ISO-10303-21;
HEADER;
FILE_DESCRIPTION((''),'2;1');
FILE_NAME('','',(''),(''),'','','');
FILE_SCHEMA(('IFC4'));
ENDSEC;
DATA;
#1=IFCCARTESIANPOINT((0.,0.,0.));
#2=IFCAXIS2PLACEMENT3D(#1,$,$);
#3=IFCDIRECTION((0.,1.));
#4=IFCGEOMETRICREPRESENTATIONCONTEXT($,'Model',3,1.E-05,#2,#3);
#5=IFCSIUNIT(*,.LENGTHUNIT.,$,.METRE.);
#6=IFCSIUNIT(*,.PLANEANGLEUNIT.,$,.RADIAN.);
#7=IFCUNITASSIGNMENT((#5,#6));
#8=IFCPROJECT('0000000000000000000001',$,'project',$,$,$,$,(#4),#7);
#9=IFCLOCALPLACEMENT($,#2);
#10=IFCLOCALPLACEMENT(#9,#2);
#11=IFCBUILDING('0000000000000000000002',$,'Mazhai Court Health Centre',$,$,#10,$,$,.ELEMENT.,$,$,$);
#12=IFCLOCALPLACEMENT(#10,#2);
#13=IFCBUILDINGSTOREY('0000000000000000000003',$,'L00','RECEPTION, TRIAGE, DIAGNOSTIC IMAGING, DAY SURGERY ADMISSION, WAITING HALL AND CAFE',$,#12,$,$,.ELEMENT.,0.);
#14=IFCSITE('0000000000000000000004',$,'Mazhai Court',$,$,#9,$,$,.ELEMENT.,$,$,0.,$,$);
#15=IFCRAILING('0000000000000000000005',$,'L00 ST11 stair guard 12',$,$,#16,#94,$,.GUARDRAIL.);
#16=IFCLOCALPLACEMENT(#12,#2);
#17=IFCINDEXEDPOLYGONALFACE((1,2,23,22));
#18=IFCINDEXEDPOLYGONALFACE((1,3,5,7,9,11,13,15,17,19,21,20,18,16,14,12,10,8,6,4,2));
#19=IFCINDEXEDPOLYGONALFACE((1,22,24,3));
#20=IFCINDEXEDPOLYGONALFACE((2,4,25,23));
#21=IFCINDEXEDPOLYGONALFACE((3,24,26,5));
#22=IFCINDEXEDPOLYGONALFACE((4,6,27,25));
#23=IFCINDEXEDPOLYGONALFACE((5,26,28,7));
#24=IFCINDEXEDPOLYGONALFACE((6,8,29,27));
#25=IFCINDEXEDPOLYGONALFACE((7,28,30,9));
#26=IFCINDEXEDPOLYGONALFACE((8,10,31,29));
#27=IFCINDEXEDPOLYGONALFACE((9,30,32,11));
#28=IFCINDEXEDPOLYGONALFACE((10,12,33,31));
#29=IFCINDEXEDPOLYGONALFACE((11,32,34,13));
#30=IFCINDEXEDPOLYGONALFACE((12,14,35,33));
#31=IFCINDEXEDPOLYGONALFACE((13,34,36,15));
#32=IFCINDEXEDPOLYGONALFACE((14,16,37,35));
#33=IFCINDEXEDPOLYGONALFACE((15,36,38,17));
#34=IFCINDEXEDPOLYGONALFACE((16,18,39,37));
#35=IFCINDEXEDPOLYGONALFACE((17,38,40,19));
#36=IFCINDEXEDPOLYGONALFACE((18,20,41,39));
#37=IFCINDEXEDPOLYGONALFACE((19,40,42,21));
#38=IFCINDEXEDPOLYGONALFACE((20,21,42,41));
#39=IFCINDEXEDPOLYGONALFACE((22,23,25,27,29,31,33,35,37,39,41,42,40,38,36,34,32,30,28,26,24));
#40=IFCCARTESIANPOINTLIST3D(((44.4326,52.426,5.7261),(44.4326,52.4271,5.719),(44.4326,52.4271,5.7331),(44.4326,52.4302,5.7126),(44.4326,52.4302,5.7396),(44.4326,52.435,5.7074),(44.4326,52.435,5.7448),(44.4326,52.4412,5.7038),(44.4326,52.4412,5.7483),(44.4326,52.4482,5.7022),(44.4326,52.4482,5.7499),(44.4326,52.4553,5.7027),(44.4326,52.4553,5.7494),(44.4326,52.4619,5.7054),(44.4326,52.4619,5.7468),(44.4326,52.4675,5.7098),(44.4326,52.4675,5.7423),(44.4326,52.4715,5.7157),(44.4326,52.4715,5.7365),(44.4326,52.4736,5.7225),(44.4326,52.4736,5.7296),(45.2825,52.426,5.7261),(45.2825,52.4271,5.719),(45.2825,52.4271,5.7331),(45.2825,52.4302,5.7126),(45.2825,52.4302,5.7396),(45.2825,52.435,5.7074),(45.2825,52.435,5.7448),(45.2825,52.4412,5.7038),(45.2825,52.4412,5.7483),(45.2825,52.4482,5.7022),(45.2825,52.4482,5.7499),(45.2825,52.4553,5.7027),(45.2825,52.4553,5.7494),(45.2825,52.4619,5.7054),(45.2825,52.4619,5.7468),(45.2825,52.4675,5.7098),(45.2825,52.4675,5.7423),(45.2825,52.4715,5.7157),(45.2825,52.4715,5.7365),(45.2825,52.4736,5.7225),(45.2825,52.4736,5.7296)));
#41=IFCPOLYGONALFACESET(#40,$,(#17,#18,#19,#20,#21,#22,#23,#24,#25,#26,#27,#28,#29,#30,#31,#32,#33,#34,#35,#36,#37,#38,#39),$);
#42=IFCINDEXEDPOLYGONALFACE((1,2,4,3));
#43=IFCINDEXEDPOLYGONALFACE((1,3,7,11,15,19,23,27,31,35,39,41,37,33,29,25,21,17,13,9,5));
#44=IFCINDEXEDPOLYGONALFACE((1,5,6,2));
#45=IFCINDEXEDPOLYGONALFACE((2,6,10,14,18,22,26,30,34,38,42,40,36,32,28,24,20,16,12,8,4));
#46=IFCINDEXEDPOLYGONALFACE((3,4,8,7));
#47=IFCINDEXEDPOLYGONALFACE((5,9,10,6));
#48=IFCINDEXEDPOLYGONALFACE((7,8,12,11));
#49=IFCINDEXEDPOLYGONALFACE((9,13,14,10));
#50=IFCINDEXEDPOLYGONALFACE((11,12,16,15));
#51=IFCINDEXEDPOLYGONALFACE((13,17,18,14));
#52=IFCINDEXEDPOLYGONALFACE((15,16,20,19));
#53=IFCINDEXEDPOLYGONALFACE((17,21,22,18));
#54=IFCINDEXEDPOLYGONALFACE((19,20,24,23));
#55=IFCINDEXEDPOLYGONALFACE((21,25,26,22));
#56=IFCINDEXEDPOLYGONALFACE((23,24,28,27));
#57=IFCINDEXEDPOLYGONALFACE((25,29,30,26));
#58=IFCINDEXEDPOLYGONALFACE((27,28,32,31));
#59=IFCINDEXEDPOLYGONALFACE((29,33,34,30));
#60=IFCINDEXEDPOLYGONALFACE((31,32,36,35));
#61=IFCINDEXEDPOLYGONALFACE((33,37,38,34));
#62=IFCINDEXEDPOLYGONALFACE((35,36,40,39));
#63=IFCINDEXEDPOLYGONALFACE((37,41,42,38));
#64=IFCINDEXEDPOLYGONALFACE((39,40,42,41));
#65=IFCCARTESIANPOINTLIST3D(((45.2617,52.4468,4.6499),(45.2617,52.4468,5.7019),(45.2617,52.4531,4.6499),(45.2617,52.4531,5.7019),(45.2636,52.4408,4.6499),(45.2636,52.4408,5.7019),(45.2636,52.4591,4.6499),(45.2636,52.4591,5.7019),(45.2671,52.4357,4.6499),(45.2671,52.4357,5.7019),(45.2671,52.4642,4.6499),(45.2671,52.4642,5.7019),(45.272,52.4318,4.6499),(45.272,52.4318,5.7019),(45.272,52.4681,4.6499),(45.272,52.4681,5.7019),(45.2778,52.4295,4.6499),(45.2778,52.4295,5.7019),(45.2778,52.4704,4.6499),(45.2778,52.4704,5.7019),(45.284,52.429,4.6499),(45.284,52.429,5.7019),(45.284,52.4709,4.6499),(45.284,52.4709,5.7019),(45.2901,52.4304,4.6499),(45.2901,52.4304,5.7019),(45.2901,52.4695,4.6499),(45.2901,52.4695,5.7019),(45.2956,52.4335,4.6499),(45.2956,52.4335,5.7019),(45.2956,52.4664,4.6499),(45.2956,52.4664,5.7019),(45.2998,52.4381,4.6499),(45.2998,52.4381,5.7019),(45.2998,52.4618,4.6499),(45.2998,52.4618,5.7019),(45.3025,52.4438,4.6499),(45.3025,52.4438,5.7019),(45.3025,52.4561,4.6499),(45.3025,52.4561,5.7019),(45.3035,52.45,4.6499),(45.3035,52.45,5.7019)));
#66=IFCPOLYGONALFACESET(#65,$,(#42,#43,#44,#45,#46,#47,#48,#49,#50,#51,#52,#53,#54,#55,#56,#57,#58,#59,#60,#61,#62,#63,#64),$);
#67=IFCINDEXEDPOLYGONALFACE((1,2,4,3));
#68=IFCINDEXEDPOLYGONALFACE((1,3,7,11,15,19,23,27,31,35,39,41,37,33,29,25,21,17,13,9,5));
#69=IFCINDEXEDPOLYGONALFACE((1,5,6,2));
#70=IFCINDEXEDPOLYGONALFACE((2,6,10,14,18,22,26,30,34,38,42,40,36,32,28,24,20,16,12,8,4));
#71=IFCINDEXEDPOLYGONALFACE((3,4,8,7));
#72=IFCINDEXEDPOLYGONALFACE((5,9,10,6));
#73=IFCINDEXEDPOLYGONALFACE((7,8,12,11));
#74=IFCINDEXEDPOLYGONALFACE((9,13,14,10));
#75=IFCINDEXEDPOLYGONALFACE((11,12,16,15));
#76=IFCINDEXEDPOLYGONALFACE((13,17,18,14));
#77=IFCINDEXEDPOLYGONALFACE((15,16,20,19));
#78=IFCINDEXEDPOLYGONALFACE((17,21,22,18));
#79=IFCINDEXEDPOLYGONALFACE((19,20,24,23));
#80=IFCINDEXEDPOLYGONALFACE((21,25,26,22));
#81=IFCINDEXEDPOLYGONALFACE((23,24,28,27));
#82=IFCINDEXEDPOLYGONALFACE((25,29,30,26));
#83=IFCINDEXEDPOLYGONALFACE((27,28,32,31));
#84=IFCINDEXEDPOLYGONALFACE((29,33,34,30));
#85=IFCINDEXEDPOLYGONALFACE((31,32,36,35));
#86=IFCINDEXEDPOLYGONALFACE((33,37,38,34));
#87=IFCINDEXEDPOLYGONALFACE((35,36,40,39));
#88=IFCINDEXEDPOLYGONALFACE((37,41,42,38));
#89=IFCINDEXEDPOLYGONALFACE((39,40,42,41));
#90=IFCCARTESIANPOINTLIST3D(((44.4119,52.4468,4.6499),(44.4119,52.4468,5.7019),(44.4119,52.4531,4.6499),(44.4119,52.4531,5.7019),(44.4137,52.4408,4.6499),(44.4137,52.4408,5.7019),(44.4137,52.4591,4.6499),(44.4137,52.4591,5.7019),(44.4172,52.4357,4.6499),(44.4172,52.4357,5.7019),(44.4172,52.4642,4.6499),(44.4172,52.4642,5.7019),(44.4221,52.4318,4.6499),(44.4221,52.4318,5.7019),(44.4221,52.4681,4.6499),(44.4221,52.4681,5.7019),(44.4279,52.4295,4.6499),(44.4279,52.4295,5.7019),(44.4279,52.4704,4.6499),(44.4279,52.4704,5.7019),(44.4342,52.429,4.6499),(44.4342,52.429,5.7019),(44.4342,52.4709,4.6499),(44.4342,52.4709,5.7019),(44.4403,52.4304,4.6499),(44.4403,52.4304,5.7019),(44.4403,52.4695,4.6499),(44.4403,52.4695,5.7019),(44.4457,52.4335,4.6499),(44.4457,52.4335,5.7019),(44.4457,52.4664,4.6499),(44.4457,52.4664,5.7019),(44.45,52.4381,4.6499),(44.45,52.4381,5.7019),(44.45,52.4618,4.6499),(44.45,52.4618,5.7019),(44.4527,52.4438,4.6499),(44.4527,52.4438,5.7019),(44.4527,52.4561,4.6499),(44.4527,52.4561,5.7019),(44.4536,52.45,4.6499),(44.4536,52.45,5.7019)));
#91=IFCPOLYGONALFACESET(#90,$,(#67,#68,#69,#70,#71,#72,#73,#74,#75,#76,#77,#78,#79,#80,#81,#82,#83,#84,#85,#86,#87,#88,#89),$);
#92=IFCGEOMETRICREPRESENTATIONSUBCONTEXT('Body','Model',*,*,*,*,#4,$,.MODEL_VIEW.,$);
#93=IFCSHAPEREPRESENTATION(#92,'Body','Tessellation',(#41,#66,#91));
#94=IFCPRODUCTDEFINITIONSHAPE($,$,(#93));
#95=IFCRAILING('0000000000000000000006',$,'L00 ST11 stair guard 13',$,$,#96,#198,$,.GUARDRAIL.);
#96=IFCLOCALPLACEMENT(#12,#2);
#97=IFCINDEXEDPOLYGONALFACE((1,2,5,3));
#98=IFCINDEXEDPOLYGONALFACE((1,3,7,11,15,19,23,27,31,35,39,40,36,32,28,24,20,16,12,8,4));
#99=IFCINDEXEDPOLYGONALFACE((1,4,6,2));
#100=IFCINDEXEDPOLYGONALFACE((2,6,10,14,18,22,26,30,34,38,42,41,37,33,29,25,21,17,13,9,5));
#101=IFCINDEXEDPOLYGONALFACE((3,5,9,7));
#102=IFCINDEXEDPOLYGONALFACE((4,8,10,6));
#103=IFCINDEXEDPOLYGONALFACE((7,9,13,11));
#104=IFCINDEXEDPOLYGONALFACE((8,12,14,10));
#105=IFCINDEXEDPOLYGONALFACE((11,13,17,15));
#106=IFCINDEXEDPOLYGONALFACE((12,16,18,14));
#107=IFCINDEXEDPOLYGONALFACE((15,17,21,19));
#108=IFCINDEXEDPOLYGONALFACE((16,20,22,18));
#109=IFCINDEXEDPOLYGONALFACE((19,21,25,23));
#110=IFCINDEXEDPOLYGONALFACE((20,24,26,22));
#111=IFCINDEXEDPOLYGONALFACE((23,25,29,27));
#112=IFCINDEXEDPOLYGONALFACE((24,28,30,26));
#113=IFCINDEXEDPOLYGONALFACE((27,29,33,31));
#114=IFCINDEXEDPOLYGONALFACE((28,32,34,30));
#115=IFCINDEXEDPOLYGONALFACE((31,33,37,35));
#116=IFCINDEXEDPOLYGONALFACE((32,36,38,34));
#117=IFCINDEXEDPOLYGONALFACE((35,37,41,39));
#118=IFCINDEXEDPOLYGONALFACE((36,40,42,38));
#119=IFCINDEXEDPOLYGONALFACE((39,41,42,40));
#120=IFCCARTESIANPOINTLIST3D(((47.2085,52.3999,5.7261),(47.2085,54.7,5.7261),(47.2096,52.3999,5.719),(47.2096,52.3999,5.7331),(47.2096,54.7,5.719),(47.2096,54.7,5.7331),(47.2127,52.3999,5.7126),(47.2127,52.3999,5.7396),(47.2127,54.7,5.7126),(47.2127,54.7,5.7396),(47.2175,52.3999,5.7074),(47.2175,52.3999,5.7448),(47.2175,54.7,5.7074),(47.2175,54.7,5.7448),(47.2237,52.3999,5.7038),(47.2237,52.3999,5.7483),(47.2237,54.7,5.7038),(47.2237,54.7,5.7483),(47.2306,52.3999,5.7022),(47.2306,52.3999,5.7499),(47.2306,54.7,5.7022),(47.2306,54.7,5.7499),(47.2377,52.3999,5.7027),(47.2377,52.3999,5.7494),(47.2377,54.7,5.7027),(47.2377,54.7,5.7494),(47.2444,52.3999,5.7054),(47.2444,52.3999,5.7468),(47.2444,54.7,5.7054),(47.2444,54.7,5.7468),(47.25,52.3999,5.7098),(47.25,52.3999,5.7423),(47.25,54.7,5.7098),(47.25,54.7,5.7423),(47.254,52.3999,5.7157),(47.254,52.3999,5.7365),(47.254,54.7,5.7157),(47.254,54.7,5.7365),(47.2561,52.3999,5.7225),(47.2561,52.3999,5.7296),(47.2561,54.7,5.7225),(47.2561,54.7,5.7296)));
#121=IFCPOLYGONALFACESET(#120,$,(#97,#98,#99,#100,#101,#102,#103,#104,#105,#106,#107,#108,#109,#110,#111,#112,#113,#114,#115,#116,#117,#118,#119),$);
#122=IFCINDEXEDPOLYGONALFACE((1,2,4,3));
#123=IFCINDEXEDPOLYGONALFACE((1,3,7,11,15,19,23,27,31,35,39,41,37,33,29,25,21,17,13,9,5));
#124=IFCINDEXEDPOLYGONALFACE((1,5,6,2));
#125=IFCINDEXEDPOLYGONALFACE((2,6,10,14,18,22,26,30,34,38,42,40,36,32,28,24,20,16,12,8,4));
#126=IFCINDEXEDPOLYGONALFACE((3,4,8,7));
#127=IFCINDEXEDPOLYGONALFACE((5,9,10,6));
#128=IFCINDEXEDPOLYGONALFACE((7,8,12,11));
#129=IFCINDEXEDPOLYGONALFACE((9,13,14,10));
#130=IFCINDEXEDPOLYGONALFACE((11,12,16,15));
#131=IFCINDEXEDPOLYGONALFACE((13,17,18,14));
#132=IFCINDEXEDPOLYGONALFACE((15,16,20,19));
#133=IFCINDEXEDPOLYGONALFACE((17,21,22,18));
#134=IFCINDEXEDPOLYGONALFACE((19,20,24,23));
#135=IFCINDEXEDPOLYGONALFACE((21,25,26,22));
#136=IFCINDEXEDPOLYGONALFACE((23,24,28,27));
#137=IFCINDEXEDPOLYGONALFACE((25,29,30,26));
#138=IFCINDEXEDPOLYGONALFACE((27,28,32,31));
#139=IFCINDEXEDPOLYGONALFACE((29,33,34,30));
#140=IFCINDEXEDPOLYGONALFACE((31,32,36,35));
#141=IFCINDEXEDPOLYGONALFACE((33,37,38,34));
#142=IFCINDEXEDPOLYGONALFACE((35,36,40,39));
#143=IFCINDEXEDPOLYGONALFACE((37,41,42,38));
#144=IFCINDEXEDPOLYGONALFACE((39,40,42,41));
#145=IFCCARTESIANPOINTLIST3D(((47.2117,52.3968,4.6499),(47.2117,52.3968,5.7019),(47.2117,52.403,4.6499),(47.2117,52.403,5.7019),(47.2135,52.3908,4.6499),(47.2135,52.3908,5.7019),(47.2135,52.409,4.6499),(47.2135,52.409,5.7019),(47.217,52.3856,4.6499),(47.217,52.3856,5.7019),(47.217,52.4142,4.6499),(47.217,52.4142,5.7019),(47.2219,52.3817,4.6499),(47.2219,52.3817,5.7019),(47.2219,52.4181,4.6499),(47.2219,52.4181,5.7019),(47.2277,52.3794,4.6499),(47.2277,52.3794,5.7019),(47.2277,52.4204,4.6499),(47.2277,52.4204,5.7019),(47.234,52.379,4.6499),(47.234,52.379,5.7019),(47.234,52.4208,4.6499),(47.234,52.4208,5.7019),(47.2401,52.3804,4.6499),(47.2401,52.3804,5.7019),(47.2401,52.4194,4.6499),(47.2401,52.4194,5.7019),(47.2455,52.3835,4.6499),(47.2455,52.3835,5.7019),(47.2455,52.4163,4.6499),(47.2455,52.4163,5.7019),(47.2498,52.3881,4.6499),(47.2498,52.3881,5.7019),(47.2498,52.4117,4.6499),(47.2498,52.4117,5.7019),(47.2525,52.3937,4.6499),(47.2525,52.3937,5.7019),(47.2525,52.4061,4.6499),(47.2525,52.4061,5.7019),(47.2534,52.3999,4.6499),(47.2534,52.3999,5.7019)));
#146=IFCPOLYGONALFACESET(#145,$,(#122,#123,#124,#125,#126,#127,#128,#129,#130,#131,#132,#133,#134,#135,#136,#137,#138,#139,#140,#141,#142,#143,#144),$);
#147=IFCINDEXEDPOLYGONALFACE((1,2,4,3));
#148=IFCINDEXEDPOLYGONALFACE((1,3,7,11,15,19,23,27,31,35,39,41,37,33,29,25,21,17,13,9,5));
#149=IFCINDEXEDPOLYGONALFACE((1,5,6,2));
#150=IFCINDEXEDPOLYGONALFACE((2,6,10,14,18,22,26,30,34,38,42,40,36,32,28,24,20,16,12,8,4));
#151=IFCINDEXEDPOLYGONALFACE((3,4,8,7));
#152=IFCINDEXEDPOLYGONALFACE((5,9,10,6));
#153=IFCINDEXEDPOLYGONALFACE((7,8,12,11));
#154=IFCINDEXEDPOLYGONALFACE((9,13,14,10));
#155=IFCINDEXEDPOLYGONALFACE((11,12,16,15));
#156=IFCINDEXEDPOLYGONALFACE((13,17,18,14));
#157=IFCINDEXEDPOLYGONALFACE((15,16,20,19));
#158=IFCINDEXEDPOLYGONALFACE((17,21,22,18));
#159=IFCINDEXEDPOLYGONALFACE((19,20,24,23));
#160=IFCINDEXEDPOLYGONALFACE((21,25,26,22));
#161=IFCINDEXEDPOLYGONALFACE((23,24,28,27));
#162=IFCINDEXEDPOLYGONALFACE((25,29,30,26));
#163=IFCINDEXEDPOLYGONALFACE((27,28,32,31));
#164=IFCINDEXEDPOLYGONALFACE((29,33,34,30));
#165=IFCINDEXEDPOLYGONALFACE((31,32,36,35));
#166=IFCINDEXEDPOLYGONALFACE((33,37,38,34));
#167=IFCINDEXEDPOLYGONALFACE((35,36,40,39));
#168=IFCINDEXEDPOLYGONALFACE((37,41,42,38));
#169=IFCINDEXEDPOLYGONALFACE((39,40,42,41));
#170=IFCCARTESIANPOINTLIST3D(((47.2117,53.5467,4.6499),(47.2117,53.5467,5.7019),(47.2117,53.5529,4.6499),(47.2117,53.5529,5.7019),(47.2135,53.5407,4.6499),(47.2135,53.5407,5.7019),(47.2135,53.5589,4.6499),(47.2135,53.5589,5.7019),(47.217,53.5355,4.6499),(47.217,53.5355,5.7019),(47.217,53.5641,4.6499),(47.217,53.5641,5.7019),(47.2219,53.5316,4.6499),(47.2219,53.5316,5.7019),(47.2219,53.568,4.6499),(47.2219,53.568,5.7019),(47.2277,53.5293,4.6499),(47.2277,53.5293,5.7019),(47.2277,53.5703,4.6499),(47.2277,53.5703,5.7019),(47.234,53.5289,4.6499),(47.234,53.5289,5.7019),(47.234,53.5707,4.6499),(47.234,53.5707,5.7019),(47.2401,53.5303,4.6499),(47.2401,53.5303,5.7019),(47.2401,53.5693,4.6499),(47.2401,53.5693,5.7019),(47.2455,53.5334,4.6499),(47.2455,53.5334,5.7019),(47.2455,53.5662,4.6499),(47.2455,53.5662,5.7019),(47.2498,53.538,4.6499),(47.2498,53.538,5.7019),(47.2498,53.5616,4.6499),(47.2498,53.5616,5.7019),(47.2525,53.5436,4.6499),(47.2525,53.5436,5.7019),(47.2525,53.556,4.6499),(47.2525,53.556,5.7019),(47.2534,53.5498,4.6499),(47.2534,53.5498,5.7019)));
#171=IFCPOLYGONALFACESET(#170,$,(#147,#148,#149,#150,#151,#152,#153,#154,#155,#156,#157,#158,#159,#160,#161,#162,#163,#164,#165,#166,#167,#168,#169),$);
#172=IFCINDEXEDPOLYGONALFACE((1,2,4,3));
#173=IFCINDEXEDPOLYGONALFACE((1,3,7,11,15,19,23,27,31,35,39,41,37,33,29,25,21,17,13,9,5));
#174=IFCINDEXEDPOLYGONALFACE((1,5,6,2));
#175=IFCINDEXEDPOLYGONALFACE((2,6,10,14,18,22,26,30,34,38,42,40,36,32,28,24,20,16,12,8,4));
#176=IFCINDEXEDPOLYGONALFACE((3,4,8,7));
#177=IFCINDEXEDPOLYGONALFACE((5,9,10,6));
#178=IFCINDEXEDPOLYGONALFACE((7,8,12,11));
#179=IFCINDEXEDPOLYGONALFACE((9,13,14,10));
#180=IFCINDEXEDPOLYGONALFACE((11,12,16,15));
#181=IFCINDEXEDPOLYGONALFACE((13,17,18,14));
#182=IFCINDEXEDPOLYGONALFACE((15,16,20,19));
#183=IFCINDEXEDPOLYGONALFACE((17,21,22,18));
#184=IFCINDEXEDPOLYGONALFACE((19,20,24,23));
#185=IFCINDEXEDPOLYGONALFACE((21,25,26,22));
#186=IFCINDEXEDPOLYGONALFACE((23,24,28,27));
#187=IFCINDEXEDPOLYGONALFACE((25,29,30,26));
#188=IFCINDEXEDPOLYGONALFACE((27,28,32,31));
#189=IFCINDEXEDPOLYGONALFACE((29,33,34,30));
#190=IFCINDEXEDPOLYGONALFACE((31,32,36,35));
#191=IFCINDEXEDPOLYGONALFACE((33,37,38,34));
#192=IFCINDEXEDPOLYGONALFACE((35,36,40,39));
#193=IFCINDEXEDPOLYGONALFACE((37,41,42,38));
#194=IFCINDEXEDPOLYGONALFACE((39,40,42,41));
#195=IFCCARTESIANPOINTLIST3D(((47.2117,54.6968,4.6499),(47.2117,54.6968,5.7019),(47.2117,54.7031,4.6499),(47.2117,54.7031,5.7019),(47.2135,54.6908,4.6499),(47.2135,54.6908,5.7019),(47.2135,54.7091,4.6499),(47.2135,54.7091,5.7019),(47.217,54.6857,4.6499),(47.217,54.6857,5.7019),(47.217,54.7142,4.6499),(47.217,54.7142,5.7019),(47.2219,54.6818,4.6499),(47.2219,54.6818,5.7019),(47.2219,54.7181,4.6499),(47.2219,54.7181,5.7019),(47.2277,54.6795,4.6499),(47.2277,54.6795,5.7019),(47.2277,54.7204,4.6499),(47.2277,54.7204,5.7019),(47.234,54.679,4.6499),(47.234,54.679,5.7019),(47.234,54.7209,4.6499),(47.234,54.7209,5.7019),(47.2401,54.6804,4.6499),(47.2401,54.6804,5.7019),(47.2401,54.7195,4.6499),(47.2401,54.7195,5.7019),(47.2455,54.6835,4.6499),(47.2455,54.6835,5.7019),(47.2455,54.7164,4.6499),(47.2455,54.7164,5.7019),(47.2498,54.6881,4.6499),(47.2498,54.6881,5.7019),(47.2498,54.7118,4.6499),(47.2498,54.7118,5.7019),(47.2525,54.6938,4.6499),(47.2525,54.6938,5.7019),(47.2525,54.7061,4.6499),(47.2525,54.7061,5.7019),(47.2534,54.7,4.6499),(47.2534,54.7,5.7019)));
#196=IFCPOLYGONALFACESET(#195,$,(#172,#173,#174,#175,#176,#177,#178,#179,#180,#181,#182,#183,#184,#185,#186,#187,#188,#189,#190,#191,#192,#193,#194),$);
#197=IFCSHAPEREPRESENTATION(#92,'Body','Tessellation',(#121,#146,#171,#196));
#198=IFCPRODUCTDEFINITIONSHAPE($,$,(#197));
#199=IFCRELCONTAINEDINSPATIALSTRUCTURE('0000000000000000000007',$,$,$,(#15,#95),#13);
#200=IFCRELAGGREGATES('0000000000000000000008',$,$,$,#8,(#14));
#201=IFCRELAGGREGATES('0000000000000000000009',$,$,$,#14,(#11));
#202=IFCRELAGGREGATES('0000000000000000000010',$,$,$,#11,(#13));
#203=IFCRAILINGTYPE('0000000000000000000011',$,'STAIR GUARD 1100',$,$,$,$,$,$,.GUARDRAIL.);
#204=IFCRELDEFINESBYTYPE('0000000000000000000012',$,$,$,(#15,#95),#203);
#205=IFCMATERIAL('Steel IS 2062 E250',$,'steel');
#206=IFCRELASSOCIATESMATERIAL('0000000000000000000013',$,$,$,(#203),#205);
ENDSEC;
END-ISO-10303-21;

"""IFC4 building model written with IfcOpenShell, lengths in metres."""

from ifc_helpers import new_model, si_unit, direction, frame, origin, origin_2d, place, context, subcontext, project, spatial, circle, extrude, material, type_object, element, save


model = new_model("IFC4")

# Units and contexts
model_context = context("Model", 3, precision=1e-05, world=origin(), true_north=direction((0.0, 1.0)))
body_context = subcontext(model_context, "Body", "Model", "MODEL_VIEW")
ifc_project = project(units=[si_unit("LENGTHUNIT", "METRE"), si_unit("PLANEANGLEUNIT", "RADIAN")], contexts=[model_context])

# Site, building, storey
site_placement = place(None, origin())
site = spatial("IfcSite", under=ifc_project, at=site_placement, Name="Mazhai Court", CompositionType="ELEMENT", RefElevation=0.0)
building_placement = place(site_placement, origin())
building = spatial("IfcBuilding", under=site, at=building_placement, Name="Mazhai Court Health Centre", CompositionType="ELEMENT")
storey_placement = place(building_placement, origin())
storey = spatial("IfcBuildingStorey", under=building, at=storey_placement, Name="L00", Description="RECEPTION, TRIAGE, DIAGNOSTIC IMAGING, DAY SURGERY ADMISSION, WAITING HALL AND CAFE", CompositionType="ELEMENT", Elevation=0.0)

# Railings
ifc_material_1 = material(Name="Steel IS 2062 E250", Category="steel")
railing_type_1 = type_object("IfcRailingType", Name="STAIR GUARD 1100", PredefinedType="GUARDRAIL", material=ifc_material_1)
railing_1_placement = place(storey_placement, frame((45.2825, 52.45, 4.6499)))
element("IfcRailing", 1, at=railing_1_placement, inside=storey, type_object=railing_type_1, Name="L00 ST11 stair guard 12", PredefinedType="GUARDRAIL", context=body_context, shape_type="SweptSolid", body=[
    extrude(circle(Radius=0.0239, at=origin_2d()), frame((0.0, 0.0, 1.0762), z_axis=(-1.0, 0.0, 0.0), x_axis=(0.0, -1.0, 0.0)), (0.0, 0.0, 1.0), 0.8499),
    extrude(circle(Radius=0.021, at=origin_2d()), origin(), (0.0, 0.0, 1.0), 1.052),
    extrude(circle(Radius=0.021, at=origin_2d()), frame((-0.8499, 0.0, 0.0)), (0.0, 0.0, 1.0), 1.052),
])
railing_2_placement = place(storey_placement, frame((47.2324, 52.3999, 4.6499)))
element("IfcRailing", 2, at=railing_2_placement, inside=storey, type_object=railing_type_1, Name="L00 ST11 stair guard 13", PredefinedType="GUARDRAIL", context=body_context, shape_type="SweptSolid", body=[
    extrude(circle(Radius=0.0239, at=origin_2d()), frame((0.0, 0.0, 1.0762), z_axis=(0.0, 1.0, 0.0), x_axis=(-1.0, 0.0, 0.0)), (0.0, 0.0, 1.0), 2.3),
    extrude(circle(Radius=0.021, at=origin_2d()), origin(), (0.0, 0.0, 1.0), 1.052),
    extrude(circle(Radius=0.021, at=origin_2d()), frame((0.0, 1.1499, 0.0)), (0.0, 0.0, 1.0), 1.052),
    extrude(circle(Radius=0.021, at=origin_2d()), frame((0.0, 2.3, 0.0)), (0.0, 0.0, 1.0), 1.052),
])

save(model, "model.ifc")
